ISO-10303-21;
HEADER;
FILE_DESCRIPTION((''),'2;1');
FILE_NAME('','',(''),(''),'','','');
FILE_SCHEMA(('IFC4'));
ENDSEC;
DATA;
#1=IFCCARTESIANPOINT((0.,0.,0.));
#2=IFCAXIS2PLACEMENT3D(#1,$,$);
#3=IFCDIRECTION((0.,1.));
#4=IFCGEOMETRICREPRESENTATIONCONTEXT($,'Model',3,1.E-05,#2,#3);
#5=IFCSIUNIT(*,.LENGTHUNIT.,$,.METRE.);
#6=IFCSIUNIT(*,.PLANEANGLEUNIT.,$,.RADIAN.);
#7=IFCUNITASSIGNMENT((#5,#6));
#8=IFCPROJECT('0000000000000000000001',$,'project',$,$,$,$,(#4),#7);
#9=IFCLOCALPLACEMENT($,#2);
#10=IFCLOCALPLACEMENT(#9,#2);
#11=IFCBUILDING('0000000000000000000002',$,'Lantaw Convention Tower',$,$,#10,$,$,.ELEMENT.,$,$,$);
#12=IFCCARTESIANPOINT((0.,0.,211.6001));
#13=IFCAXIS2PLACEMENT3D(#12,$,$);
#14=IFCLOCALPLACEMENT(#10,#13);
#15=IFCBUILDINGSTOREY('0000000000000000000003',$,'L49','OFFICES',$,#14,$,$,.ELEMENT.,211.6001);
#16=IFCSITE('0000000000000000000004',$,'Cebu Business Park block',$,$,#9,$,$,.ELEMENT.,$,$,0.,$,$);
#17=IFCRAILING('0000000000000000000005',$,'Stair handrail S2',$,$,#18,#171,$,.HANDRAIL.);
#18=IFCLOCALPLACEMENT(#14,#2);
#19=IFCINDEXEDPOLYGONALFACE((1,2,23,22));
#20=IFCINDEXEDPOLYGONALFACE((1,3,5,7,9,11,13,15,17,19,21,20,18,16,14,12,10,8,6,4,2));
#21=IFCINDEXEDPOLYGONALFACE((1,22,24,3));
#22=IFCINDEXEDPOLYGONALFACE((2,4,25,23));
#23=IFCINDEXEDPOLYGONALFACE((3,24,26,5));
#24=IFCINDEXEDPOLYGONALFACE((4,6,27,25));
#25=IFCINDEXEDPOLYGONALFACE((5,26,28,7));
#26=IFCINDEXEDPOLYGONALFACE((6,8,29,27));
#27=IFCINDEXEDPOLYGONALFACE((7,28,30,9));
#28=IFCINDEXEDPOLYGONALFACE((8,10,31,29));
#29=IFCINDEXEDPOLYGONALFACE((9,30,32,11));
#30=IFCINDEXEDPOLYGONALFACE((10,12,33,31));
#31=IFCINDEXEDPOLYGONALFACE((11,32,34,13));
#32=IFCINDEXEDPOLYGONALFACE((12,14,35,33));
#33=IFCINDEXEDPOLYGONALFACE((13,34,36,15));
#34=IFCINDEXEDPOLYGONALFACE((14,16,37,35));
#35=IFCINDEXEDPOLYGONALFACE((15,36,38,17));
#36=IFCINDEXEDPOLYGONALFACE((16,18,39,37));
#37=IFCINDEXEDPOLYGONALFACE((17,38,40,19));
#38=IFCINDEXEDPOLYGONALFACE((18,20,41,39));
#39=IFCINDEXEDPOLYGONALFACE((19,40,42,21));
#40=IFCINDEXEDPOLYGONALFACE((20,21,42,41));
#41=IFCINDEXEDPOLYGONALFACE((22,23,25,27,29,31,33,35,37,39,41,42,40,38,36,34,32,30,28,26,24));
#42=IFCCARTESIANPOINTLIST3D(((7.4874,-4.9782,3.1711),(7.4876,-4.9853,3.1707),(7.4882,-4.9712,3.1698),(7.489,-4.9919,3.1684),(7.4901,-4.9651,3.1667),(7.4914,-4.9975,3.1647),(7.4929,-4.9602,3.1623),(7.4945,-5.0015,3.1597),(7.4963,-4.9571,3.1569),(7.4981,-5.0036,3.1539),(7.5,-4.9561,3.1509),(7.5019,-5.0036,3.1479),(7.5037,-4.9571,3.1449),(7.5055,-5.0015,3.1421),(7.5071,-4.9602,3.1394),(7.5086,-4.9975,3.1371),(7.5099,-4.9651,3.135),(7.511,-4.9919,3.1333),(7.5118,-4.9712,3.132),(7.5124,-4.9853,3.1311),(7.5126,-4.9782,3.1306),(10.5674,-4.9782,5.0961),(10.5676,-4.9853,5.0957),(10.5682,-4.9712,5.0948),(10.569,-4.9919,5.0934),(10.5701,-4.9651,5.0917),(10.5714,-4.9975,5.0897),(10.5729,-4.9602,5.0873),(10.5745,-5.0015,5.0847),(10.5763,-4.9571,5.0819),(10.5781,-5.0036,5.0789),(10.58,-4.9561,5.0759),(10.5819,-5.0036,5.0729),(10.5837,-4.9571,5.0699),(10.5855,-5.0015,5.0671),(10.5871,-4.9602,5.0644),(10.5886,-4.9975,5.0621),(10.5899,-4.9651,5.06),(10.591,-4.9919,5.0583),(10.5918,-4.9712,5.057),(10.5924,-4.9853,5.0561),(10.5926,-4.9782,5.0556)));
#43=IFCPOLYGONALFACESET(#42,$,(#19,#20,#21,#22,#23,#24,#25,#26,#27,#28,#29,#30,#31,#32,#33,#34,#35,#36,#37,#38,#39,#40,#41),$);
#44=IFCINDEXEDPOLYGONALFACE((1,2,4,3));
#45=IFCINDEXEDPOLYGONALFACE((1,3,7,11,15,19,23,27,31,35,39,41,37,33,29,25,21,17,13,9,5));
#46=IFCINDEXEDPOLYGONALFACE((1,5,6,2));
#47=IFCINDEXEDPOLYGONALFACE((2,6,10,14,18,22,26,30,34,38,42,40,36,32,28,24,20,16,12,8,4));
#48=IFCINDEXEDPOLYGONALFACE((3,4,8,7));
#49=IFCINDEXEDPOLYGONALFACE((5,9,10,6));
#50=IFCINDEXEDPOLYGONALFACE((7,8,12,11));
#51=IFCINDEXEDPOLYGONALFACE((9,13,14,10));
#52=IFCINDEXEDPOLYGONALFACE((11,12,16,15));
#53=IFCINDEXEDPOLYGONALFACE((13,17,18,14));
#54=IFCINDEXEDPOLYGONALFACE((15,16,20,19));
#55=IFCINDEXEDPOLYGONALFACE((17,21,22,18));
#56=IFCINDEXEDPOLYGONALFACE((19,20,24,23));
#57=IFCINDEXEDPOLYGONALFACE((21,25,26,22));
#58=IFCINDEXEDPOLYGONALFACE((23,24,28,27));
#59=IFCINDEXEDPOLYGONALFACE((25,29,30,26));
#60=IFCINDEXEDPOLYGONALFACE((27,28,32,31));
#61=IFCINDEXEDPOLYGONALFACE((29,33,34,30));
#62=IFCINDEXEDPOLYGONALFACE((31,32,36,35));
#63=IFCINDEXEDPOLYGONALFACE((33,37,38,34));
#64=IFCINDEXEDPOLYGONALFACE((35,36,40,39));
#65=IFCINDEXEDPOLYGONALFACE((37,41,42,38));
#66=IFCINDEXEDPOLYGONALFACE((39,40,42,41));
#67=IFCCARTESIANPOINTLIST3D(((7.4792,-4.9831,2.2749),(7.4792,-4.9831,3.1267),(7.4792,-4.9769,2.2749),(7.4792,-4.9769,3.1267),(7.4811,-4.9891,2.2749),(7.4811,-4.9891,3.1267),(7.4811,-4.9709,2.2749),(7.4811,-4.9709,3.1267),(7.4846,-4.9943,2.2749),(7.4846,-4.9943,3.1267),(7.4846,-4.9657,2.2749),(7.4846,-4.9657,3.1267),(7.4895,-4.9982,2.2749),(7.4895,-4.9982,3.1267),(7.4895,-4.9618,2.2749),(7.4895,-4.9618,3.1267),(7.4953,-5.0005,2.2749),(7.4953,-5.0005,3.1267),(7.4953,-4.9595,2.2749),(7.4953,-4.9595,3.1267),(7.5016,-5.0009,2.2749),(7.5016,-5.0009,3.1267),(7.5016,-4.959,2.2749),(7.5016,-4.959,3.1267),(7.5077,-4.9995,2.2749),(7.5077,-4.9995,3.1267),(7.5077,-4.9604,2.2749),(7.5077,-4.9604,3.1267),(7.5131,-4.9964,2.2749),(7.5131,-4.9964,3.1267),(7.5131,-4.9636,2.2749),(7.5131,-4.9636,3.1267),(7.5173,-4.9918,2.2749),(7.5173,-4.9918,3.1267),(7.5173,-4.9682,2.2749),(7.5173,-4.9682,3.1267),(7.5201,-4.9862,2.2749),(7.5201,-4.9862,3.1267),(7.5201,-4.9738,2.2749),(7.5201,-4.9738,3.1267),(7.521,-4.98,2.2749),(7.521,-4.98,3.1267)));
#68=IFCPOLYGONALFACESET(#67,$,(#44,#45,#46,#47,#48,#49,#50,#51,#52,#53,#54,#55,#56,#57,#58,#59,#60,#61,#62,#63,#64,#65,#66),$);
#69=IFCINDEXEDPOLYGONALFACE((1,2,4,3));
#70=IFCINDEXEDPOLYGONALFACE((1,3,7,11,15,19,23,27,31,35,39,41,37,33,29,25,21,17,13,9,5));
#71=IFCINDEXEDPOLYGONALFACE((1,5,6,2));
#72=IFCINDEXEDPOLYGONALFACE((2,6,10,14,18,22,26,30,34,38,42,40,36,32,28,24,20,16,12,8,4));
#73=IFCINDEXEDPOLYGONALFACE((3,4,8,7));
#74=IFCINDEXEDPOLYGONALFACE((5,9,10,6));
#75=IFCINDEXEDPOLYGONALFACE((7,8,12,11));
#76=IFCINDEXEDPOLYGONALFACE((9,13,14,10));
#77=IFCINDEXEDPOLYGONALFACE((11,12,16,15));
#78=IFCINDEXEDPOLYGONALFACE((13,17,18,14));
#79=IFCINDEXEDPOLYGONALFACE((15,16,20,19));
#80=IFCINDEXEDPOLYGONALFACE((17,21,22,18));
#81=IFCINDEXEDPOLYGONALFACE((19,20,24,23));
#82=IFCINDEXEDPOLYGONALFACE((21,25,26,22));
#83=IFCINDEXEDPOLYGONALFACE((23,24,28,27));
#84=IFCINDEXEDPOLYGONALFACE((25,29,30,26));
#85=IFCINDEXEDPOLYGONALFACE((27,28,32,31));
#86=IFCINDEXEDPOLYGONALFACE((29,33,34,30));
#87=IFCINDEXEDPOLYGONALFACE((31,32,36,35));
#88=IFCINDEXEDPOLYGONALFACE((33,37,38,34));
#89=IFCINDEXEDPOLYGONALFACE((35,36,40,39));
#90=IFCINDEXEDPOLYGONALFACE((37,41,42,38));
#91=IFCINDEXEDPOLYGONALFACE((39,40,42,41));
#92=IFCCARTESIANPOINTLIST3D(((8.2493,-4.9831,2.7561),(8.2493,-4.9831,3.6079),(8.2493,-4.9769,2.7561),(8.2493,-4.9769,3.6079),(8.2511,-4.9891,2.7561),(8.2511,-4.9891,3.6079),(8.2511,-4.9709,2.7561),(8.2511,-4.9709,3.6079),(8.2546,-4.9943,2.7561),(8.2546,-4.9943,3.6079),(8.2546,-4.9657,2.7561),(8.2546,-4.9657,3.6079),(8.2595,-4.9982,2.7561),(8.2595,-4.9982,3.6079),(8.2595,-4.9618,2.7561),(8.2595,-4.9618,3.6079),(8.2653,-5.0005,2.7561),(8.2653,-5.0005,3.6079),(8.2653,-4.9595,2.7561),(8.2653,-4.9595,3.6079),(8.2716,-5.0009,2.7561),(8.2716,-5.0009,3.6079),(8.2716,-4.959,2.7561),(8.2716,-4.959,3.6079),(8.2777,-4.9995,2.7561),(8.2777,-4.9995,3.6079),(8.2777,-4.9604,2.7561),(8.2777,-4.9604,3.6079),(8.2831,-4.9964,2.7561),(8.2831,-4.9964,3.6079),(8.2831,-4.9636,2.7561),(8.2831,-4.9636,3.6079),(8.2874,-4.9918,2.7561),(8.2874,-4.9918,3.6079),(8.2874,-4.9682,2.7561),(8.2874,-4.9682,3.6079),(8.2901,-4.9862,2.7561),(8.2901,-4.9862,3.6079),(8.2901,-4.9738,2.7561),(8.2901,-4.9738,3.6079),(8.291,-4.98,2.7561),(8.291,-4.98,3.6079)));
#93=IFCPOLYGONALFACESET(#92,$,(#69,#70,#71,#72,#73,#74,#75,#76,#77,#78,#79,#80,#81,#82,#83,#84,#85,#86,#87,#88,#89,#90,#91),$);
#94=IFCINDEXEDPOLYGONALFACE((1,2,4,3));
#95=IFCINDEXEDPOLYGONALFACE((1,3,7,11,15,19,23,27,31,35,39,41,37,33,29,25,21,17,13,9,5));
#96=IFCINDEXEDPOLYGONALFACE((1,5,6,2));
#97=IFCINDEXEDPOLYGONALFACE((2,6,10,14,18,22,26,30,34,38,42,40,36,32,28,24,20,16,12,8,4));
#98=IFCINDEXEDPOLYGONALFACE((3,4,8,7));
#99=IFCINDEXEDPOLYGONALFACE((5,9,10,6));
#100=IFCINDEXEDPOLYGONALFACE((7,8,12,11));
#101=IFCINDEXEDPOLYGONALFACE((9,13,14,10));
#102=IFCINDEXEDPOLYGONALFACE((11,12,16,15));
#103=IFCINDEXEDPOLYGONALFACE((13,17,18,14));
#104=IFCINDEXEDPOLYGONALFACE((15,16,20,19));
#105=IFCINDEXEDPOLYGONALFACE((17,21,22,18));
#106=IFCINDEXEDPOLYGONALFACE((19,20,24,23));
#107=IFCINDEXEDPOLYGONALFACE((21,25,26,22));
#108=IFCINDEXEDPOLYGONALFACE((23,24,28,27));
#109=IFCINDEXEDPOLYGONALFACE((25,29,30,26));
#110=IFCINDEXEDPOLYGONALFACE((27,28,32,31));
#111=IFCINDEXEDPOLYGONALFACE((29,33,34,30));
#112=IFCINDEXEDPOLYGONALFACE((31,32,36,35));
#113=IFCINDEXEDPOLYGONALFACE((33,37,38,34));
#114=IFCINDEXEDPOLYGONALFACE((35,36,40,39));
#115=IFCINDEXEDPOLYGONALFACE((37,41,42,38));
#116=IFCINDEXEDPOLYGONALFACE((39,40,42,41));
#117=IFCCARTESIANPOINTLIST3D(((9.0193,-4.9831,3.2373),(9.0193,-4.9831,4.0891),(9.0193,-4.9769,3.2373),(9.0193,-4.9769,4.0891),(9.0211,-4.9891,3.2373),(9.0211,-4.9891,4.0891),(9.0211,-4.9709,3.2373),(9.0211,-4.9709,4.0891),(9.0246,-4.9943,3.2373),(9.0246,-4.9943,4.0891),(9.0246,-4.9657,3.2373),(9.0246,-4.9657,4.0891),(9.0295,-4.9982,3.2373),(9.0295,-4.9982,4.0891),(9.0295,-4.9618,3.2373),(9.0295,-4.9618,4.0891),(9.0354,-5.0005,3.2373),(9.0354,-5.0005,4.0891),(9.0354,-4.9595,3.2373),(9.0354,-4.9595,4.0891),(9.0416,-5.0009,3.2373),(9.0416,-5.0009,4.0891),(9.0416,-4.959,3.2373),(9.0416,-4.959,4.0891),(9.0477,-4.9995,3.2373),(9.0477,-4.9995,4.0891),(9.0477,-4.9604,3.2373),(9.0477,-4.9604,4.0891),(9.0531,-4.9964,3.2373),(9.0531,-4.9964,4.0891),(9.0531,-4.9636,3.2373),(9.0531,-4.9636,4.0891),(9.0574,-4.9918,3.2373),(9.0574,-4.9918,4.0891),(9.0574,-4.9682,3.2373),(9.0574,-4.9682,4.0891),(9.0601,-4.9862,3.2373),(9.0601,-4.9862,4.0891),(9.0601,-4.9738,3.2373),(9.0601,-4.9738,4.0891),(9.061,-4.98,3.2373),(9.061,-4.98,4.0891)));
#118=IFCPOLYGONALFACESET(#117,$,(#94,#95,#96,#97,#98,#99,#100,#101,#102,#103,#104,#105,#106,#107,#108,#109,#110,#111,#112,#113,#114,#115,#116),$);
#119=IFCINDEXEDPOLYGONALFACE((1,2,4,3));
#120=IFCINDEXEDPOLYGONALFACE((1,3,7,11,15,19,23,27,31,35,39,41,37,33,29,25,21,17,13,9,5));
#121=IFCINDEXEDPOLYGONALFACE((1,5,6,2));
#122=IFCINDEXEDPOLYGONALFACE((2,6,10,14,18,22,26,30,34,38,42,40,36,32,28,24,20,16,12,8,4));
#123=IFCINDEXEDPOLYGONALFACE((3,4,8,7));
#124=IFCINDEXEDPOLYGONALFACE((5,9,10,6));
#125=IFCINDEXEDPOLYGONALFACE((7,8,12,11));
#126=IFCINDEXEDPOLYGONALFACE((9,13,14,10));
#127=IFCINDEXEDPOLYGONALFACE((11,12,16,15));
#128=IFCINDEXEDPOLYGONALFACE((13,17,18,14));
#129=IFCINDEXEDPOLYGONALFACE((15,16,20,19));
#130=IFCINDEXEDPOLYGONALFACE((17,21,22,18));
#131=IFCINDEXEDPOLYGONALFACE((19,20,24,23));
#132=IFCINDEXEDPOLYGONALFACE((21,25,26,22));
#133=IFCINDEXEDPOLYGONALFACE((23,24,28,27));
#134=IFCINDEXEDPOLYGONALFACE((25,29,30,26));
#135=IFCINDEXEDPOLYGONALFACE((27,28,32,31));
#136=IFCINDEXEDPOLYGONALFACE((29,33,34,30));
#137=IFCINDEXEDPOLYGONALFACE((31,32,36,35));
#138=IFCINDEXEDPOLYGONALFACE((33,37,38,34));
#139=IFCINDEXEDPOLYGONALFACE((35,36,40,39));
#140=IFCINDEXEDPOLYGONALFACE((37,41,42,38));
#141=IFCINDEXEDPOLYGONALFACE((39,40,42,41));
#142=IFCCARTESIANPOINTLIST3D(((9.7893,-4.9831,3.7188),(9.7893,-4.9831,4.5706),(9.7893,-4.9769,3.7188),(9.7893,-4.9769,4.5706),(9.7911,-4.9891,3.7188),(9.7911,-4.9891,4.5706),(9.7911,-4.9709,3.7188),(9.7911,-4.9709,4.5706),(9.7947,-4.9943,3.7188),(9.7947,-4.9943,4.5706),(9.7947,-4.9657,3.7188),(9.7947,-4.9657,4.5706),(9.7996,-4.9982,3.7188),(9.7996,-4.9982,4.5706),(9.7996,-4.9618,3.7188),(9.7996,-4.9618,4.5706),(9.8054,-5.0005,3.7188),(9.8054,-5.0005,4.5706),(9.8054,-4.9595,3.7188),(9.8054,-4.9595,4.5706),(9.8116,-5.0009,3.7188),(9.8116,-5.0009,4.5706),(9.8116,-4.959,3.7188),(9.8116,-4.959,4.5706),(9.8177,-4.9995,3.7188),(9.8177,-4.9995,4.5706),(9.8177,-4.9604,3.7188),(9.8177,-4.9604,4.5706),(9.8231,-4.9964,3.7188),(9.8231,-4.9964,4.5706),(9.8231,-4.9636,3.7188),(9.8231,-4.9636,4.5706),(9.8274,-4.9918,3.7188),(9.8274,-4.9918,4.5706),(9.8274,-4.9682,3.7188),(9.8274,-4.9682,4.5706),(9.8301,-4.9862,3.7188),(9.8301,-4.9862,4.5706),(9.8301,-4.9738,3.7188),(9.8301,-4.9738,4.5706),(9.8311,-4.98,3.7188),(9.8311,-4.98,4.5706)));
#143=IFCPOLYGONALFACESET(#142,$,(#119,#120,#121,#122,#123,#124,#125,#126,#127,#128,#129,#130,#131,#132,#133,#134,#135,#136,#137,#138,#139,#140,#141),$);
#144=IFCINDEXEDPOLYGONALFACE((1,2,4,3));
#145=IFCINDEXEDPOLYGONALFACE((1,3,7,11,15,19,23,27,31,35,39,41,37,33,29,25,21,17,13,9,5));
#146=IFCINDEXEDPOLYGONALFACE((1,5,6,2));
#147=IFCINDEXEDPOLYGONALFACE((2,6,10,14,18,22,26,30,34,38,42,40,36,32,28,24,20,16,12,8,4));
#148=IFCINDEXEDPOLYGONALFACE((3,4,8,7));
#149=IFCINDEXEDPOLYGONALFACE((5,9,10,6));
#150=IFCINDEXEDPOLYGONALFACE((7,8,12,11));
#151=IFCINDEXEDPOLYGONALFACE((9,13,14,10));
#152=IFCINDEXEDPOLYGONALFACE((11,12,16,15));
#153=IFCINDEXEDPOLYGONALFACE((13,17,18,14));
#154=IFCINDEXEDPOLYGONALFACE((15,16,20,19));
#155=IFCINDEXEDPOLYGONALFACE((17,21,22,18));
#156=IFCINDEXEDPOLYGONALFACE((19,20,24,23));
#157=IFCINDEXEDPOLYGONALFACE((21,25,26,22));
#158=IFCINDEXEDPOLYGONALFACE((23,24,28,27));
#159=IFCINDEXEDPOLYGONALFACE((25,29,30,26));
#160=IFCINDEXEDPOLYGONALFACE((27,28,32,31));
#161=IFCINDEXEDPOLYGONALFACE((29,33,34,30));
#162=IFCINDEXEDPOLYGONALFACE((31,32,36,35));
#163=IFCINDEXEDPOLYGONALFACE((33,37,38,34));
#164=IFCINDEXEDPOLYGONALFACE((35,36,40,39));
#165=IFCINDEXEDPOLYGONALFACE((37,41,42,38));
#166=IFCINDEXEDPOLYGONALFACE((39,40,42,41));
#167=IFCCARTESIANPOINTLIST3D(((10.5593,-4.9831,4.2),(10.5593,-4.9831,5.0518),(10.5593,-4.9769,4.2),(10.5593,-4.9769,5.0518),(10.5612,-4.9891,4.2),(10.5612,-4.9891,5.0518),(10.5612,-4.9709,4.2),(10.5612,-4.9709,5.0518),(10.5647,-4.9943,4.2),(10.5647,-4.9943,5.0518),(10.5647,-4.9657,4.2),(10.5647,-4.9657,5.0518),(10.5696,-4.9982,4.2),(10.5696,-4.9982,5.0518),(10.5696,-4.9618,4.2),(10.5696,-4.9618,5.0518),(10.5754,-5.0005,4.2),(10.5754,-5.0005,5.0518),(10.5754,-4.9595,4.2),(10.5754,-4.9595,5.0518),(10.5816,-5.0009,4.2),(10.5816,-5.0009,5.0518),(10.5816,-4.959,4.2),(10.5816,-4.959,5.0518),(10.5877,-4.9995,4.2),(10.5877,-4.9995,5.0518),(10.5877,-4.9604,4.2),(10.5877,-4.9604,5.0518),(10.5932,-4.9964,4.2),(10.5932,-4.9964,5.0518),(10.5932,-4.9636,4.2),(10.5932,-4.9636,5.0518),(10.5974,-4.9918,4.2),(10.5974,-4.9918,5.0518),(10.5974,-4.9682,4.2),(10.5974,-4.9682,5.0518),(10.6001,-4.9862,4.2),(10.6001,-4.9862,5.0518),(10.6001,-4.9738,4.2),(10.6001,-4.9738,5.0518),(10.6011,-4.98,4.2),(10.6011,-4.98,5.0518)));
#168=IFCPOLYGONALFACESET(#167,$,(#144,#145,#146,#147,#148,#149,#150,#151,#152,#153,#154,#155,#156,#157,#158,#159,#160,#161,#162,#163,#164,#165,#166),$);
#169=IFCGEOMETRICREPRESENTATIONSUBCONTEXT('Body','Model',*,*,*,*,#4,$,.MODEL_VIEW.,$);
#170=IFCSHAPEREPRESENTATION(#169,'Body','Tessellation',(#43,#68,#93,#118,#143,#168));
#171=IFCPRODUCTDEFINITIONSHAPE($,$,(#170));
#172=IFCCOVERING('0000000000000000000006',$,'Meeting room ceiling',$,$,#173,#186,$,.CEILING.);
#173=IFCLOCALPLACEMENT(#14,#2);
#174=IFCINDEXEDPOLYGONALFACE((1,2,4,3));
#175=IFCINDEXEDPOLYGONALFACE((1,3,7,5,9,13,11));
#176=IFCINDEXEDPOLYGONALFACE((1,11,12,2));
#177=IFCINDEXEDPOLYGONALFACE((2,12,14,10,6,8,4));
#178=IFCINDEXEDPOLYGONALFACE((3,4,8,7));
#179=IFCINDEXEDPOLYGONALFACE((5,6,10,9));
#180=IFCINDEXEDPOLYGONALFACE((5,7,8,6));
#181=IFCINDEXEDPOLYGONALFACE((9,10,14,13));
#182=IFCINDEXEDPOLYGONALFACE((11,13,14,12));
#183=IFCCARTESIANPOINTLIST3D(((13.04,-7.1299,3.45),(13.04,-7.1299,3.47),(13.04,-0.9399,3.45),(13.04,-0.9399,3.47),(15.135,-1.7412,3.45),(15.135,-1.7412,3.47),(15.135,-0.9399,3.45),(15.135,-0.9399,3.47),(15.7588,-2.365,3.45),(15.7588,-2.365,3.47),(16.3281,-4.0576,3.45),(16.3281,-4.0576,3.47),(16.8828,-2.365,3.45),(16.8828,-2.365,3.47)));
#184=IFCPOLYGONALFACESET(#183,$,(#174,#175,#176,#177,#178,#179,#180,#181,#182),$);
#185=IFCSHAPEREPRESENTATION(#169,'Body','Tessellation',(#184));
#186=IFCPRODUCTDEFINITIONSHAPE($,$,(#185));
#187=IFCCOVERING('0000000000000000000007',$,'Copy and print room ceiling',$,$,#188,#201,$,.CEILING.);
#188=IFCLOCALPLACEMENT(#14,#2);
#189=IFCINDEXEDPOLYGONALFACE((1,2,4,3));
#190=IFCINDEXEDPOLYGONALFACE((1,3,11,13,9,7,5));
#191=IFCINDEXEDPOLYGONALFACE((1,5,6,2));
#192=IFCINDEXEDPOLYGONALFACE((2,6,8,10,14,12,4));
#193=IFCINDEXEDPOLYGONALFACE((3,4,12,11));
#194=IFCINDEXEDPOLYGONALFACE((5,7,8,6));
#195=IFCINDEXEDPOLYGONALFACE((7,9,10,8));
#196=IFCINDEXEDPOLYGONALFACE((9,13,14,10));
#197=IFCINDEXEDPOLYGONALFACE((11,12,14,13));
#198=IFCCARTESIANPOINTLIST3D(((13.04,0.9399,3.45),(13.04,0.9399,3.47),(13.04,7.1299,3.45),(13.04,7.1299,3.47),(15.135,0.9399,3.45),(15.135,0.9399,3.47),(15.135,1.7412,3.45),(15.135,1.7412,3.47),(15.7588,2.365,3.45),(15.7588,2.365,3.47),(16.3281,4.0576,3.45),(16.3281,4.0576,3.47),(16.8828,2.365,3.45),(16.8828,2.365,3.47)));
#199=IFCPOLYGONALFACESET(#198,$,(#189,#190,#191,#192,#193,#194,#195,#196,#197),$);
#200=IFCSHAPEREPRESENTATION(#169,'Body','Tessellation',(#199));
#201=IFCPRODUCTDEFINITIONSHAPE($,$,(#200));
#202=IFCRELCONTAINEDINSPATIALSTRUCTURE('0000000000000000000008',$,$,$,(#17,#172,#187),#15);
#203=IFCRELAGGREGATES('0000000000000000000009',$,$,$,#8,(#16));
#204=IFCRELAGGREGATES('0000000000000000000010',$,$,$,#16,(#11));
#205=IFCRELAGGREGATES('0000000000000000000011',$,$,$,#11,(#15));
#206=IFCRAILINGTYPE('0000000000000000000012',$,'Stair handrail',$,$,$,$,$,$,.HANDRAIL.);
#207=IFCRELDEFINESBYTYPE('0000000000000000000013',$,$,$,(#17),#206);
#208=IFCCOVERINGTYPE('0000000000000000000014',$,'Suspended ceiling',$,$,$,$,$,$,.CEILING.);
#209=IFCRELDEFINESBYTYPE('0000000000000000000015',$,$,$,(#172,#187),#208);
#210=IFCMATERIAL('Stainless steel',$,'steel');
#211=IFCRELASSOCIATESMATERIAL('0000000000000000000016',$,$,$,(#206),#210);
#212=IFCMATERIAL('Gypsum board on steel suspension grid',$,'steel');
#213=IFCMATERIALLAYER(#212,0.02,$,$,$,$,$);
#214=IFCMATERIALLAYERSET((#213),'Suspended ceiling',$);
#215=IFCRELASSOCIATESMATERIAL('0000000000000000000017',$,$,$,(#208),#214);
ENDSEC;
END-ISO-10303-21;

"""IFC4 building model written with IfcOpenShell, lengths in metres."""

from ifc_helpers import new_model, si_unit, direction, frame, origin, origin_2d, place, context, subcontext, project, spatial, polyline, circle, outline, extrude, material, layer, layer_set, type_object, element, save


model = new_model("IFC4")

# Units and contexts
model_context = context("Model", 3, precision=1e-05, world=origin(), true_north=direction((0.0, 1.0)))
body_context = subcontext(model_context, "Body", "Model", "MODEL_VIEW")
ifc_project = project(units=[si_unit("LENGTHUNIT", "METRE"), si_unit("PLANEANGLEUNIT", "RADIAN")], contexts=[model_context])

# Site, building, storey
site_placement = place(None, origin())
site = spatial("IfcSite", under=ifc_project, at=site_placement, Name="Cebu Business Park block", CompositionType="ELEMENT", RefElevation=0.0)
building_placement = place(site_placement, origin())
building = spatial("IfcBuilding", under=site, at=building_placement, Name="Lantaw Convention Tower", CompositionType="ELEMENT")
storey_placement = place(building_placement, frame((0.0, 0.0, 211.6001)))
storey = spatial("IfcBuildingStorey", under=building, at=storey_placement, Name="L49", Description="OFFICES", CompositionType="ELEMENT", Elevation=211.6001)

# Railing
ifc_material_1 = material(Name="Stainless steel", Category="steel")
railing_type = type_object("IfcRailingType", Name="Stair handrail", PredefinedType="HANDRAIL", material=ifc_material_1)
railing_placement = place(storey_placement, frame((7.5, -4.98, 2.2749)))
element("IfcRailing", 1, at=railing_placement, inside=storey, type_object=railing_type, Name="Stair handrail S2", PredefinedType="HANDRAIL", context=body_context, shape_type="SweptSolid", body=[
    extrude(circle(Radius=0.0239, at=origin_2d()), frame((0.0, 0.0, 0.876), z_axis=(0.847998, 0.0, 0.529999), x_axis=(0.0, 1.0, 0.0)), (0.0, 0.0, 1.0), 3.6321),
    extrude(circle(Radius=0.021, at=origin_2d()), origin(), (0.0, 0.0, 1.0), 0.8518),
    extrude(circle(Radius=0.021, at=origin_2d()), frame((0.77, 0.0, 0.4812)), (0.0, 0.0, 1.0), 0.8518),
    extrude(circle(Radius=0.021, at=origin_2d()), frame((1.54, 0.0, 0.9624)), (0.0, 0.0, 1.0), 0.8518),
    extrude(circle(Radius=0.021, at=origin_2d()), frame((2.3101, 0.0, 1.4438)), (0.0, 0.0, 1.0), 0.8518),
    extrude(circle(Radius=0.021, at=origin_2d()), frame((3.0801, 0.0, 1.925)), (0.0, 0.0, 1.0), 0.8518),
])

# Coverings
ifc_material_2 = material(Name="Gypsum board on steel suspension grid", Category="steel")
ifc_layer_1 = layer(ifc_material_2, 0.02)
ifc_layer_set_1 = layer_set([ifc_layer_1], Name="Suspended ceiling")
covering_type = type_object("IfcCoveringType", Name="Suspended ceiling", PredefinedType="CEILING", material=ifc_layer_set_1)
covering_1_placement = place(storey_placement, frame((0.0, 0.0, 3.45)))
element("IfcCovering", 2, at=covering_1_placement, inside=storey, type_object=covering_type, Name="Meeting room ceiling", PredefinedType="CEILING", context=body_context, shape_type="SweptSolid", body=[
    extrude(outline(polyline([(15.135, -0.9399), (13.04, -0.9399), (13.04, -7.1299), (16.3281, -4.0576), (16.8828, -2.365), (15.7588, -2.365), (15.135, -1.7412), (15.135, -0.9399)])), origin(), (0.0, 0.0, 1.0), 0.02),
])
covering_2_placement = place(storey_placement, frame((0.0, 0.0, 3.45)))
element("IfcCovering", 3, at=covering_2_placement, inside=storey, type_object=covering_type, Name="Copy and print room ceiling", PredefinedType="CEILING", context=body_context, shape_type="SweptSolid", body=[
    extrude(outline(polyline([(16.3281, 4.0576), (13.04, 7.1299), (13.04, 0.9399), (15.135, 0.9399), (15.135, 1.7412), (15.7588, 2.365), (16.8828, 2.365), (16.3281, 4.0576)])), origin(), (0.0, 0.0, 1.0), 0.02),
])

save(model, "model.ifc")
